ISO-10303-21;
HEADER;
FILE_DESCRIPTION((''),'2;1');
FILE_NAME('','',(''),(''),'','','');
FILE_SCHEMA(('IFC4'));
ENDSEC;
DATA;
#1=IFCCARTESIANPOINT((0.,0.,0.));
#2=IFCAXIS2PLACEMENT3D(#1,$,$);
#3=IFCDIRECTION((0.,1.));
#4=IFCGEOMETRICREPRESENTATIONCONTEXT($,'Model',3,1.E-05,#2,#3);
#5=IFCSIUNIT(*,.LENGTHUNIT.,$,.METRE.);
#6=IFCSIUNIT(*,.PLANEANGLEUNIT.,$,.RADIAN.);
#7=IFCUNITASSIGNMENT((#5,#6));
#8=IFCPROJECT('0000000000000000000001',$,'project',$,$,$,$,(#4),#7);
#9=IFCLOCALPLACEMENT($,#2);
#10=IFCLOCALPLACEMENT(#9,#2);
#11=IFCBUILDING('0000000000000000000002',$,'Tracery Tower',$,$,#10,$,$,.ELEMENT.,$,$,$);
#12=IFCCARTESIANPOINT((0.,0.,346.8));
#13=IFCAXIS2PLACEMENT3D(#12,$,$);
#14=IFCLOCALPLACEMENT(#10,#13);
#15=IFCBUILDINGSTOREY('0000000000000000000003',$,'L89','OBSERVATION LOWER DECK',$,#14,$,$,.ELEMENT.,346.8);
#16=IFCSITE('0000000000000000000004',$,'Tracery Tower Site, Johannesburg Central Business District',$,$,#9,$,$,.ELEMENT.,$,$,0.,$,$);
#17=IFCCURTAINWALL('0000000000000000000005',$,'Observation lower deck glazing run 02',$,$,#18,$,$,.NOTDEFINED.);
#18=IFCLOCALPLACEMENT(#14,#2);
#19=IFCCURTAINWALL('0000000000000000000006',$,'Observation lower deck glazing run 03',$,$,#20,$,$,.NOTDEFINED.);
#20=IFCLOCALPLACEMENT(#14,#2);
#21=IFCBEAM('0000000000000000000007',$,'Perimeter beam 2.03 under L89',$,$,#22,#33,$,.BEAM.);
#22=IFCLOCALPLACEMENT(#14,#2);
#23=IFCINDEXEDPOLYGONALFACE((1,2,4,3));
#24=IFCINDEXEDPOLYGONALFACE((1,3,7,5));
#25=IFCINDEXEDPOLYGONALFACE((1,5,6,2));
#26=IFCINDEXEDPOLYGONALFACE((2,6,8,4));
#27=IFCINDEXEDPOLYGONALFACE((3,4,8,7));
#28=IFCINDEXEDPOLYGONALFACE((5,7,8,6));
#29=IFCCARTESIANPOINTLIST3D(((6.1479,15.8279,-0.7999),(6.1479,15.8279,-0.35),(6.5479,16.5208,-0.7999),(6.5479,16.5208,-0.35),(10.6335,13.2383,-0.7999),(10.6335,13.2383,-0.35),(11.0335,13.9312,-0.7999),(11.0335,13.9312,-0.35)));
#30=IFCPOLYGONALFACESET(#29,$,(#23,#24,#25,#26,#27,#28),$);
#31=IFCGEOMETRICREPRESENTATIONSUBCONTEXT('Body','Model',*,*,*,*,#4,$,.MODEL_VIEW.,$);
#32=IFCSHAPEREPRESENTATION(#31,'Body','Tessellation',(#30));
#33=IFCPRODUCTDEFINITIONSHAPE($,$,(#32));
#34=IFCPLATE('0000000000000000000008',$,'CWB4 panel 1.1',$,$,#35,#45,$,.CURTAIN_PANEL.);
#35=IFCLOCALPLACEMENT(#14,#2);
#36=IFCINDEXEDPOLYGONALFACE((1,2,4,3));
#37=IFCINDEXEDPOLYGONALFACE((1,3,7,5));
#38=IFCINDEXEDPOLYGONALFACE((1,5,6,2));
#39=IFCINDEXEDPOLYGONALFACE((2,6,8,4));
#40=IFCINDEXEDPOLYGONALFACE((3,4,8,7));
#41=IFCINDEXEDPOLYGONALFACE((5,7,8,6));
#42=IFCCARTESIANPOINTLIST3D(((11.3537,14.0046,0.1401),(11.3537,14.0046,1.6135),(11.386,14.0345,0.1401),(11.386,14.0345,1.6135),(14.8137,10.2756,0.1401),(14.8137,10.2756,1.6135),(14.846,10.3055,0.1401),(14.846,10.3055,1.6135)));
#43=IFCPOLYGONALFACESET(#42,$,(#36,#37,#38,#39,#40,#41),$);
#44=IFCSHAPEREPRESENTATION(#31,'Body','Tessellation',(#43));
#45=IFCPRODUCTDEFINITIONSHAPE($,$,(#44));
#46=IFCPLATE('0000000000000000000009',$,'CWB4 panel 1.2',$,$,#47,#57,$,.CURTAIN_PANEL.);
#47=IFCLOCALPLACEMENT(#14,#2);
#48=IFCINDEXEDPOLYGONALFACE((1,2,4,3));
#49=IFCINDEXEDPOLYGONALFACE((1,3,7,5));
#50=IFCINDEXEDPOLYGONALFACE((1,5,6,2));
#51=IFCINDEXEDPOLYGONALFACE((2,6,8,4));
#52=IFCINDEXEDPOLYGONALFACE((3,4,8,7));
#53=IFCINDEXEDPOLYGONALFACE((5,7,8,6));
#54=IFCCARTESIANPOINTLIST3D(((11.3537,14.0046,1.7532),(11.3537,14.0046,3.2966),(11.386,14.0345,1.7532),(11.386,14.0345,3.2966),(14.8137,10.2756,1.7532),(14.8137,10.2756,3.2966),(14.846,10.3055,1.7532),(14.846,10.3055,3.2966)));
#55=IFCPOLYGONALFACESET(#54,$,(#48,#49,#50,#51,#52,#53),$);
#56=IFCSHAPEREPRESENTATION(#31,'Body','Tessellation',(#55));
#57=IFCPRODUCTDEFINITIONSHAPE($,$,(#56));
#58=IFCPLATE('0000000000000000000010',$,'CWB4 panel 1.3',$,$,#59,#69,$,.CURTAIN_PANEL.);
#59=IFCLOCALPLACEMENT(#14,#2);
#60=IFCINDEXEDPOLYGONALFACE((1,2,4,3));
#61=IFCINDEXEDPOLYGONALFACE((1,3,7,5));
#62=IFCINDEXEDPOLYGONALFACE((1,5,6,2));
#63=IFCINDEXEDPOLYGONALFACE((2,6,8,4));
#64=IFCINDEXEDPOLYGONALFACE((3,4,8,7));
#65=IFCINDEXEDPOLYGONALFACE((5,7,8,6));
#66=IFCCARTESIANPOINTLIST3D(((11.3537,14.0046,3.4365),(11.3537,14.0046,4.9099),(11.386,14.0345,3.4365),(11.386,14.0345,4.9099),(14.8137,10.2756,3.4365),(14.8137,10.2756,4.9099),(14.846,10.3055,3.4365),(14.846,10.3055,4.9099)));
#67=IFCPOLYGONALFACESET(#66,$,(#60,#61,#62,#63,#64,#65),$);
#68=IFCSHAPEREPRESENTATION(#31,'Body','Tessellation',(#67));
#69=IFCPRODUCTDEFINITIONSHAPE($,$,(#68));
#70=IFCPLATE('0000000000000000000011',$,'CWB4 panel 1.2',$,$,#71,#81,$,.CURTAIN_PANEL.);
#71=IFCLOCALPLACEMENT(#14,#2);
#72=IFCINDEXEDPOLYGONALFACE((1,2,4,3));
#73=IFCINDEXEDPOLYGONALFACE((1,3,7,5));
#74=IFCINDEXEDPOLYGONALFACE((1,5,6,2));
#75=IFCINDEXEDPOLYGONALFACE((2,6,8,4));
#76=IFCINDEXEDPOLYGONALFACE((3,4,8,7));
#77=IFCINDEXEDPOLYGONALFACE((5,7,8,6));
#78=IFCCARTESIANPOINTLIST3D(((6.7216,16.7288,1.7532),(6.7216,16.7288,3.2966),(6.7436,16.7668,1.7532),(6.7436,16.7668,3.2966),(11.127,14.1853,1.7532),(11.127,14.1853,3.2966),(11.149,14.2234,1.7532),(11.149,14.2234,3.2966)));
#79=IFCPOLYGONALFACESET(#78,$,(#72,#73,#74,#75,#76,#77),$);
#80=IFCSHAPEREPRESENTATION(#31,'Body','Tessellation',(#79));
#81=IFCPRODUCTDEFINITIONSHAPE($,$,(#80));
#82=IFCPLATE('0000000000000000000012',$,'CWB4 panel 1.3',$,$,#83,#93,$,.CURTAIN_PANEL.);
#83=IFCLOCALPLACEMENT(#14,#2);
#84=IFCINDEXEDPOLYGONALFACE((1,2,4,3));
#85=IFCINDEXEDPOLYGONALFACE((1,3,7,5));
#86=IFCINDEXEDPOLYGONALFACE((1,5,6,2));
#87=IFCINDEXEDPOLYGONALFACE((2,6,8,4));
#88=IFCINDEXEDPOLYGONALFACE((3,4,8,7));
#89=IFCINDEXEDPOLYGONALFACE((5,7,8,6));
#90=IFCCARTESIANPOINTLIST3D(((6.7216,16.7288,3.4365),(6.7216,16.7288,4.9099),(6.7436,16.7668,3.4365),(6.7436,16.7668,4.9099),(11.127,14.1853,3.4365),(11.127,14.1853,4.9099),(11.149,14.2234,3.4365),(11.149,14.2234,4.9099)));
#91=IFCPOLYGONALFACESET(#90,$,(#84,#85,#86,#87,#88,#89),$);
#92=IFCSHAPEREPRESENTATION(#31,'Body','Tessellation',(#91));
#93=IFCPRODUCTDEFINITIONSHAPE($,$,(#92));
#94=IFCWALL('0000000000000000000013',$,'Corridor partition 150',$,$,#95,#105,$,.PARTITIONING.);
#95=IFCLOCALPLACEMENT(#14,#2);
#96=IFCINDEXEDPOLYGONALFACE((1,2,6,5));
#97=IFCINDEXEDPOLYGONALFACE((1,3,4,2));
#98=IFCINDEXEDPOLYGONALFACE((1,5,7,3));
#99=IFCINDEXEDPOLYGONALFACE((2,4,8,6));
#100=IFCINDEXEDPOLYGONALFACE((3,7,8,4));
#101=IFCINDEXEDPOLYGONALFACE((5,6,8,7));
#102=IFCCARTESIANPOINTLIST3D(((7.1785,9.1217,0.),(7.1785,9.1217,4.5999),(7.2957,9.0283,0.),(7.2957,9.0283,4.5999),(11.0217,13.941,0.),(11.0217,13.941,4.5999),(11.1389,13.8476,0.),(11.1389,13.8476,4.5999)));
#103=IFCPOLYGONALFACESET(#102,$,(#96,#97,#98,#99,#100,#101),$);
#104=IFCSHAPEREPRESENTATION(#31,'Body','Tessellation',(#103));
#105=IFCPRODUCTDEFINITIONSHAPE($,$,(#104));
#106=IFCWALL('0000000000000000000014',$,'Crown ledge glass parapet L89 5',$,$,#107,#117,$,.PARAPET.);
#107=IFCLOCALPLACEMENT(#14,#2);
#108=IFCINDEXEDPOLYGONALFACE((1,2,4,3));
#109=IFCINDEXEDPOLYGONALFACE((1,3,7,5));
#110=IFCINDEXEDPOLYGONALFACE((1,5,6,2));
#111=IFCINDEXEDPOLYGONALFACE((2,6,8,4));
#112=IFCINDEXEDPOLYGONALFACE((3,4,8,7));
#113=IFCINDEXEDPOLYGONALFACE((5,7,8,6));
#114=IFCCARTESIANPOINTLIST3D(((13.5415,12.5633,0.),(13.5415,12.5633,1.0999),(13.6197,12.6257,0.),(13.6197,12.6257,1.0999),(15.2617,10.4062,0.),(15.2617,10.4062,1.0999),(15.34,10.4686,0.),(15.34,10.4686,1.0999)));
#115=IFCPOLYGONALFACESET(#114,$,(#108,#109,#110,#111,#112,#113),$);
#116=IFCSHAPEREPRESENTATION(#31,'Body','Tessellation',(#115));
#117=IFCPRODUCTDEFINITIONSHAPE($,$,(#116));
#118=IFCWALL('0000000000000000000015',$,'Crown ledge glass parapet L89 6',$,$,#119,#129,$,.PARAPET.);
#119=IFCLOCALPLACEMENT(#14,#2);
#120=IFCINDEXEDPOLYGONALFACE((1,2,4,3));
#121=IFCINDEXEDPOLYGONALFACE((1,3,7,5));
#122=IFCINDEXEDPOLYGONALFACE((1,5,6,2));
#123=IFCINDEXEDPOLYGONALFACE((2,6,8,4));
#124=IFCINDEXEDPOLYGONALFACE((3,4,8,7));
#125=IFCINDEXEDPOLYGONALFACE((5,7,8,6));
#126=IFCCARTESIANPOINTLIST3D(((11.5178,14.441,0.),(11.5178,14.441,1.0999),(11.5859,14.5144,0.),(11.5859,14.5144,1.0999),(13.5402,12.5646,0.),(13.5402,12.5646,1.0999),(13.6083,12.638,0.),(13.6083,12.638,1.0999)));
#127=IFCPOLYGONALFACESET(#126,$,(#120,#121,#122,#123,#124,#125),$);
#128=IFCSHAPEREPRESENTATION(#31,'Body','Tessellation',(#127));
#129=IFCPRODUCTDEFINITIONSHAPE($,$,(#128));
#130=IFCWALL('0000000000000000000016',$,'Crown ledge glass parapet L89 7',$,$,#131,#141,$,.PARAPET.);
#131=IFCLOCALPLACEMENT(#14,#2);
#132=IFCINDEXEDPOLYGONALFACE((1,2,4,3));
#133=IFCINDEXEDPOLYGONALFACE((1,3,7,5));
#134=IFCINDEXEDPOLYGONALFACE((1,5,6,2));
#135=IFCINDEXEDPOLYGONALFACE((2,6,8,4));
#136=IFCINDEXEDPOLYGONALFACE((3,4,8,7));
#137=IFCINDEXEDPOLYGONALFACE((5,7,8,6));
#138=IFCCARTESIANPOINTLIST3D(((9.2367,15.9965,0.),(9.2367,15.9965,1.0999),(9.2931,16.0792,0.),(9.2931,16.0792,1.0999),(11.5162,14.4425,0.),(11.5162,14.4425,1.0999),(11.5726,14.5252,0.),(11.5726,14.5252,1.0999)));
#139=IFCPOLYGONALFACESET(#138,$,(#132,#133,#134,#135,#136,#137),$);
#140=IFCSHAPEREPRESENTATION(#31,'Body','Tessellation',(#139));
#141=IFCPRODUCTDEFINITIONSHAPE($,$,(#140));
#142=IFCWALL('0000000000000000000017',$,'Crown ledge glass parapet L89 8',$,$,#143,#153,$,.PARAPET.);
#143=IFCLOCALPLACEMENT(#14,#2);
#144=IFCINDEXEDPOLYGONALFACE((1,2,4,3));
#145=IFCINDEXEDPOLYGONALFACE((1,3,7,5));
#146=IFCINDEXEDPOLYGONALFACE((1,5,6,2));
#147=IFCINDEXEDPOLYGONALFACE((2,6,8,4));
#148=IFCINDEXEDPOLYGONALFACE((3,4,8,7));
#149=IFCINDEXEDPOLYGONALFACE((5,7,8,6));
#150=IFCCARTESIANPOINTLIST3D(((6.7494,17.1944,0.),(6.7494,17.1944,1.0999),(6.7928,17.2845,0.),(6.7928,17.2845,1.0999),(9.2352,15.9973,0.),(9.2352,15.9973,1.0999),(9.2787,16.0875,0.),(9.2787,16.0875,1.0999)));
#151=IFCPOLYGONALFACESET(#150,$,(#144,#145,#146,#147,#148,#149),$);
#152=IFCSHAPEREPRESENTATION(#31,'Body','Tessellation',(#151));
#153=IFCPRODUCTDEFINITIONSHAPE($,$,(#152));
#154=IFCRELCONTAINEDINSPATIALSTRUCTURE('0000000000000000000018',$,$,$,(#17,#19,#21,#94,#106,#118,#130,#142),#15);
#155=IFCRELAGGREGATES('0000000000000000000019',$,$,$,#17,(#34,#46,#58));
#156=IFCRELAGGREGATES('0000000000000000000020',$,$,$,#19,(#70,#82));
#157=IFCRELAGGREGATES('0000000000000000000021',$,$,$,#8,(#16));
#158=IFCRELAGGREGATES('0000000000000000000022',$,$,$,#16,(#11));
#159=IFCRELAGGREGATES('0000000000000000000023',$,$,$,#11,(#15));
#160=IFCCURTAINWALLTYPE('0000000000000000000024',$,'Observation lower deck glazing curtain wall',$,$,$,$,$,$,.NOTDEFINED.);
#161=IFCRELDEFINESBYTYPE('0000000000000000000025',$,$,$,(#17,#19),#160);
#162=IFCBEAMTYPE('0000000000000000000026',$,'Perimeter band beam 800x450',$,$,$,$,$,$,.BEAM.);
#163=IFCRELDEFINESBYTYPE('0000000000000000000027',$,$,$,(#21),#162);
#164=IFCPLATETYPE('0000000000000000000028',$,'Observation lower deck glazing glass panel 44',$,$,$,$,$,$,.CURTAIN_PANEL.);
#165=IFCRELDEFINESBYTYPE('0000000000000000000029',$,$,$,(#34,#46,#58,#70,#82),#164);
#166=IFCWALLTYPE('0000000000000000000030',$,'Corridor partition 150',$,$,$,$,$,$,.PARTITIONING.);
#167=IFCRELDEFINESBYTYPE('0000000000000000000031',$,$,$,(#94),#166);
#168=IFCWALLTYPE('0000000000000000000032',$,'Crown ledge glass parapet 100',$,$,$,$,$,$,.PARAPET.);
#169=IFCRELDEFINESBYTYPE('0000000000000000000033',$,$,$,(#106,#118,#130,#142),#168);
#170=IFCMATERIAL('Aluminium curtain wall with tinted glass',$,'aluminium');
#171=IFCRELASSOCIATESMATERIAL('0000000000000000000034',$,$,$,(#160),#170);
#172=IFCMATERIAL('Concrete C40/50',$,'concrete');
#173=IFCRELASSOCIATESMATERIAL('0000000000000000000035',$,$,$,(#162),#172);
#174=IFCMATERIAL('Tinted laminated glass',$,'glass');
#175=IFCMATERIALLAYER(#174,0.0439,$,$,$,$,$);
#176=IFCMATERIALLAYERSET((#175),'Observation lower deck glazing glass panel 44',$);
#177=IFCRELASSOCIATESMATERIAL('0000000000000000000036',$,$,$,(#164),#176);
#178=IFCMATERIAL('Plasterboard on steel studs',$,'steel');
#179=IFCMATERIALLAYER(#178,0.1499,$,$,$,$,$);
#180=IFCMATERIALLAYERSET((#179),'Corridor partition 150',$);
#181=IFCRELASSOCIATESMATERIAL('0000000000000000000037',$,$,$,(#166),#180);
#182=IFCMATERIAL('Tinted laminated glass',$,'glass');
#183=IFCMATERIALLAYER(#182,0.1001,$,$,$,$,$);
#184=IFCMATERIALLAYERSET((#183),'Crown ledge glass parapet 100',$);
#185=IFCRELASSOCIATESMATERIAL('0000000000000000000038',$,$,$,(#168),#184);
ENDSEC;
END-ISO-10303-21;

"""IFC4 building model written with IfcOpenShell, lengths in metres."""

from ifc_helpers import new_model, si_unit, direction, frame, frame_2d, origin, origin_2d, place, context, subcontext, project, spatial, rectangle, extrude, material, layer, layer_set, material_profile, profile_set, type_object, element, aggregate, save


model = new_model("IFC4")

# Units and contexts
model_context = context("Model", 3, precision=1e-05, world=origin(), true_north=direction((0.0, 1.0)))
body_context = subcontext(model_context, "Body", "Model", "MODEL_VIEW")
ifc_project = project(units=[si_unit("LENGTHUNIT", "METRE"), si_unit("PLANEANGLEUNIT", "RADIAN")], contexts=[model_context])

# Site, building, storey
site_placement = place(None, origin())
site = spatial("IfcSite", under=ifc_project, at=site_placement, Name="Tracery Tower Site, Johannesburg Central Business District", CompositionType="ELEMENT", RefElevation=0.0)
building_placement = place(site_placement, origin())
building = spatial("IfcBuilding", under=site, at=building_placement, Name="Tracery Tower", CompositionType="ELEMENT")
storey_placement = place(building_placement, frame((0.0, 0.0, 346.8)))
storey = spatial("IfcBuildingStorey", under=building, at=storey_placement, Name="L89", Description="OBSERVATION LOWER DECK", CompositionType="ELEMENT", Elevation=346.8)

# Curtain wall
ifc_material_1 = material(Name="Aluminium curtain wall with tinted glass", Category="aluminium")
curtain_wall_type = type_object("IfcCurtainWallType", Name="Observation lower deck glazing curtain wall", PredefinedType="NOTDEFINED", material=ifc_material_1)
curtain_wall_1_placement = place(storey_placement, origin())
curtain_wall_1 = element("IfcCurtainWall", 1, at=curtain_wall_1_placement, inside=storey, type_object=curtain_wall_type, Name="Observation lower deck glazing run 02", PredefinedType="NOTDEFINED")

# Curtain wall
curtain_wall_2_placement = place(storey_placement, origin())
curtain_wall_2 = element("IfcCurtainWall", 2, at=curtain_wall_2_placement, inside=storey, type_object=curtain_wall_type, Name="Observation lower deck glazing run 03", PredefinedType="NOTDEFINED")

# Beam
ifc_material_2 = material(Name="Concrete C40/50", Category="concrete")
ifc_material_profile_1 = material_profile(ifc_material_2, rectangle(XDim=0.8, YDim=0.45, at=origin_2d()), Name="RC 800x450")
ifc_profile_set_1 = profile_set([ifc_material_profile_1], Name="Concrete C40/50")
beam_type = type_object("IfcBeamType", Name="Perimeter band beam 800x450", PredefinedType="BEAM", material=ifc_profile_set_1)
beam_placement = place(storey_placement, frame((10.8335, 13.5847, -0.575), z_axis=(-0.866039, 0.499977, 0.0), x_axis=(-0.499977, -0.866039, 0.0)))
element("IfcBeam", 3, at=beam_placement, inside=storey, type_object=beam_type, Name="Perimeter beam 2.03 under L89", PredefinedType="BEAM", context=body_context, shape_type="SweptSolid", body=[
    extrude(rectangle(XDim=0.8, YDim=0.45, at=origin_2d()), origin(), (0.0, 0.0, 1.0), 5.1794),
])

# Plates
ifc_material_3 = material(Name="Tinted laminated glass", Category="glass")
ifc_layer_1 = layer(ifc_material_3, 0.0439)
ifc_layer_set_1 = layer_set([ifc_layer_1], Name="Observation lower deck glazing glass panel 44")
plate_type = type_object("IfcPlateType", Name="Observation lower deck glazing glass panel 44", PredefinedType="CURTAIN_PANEL", material=ifc_layer_set_1)
plate_1_placement = place(storey_placement, frame((13.0999, 12.155, 0.1401), z_axis=(0.0, 0.0, 1.0), x_axis=(-0.680176, 0.733049, 0.0)))
plate_1 = element("IfcPlate", 4, at=plate_1_placement, type_object=plate_type, Name="CWB4 panel 1.1", PredefinedType="CURTAIN_PANEL", context=body_context, shape_type="SweptSolid", body=[
    extrude(rectangle(XDim=5.0869, YDim=0.0439, at=origin_2d()), origin(), (0.0, 0.0, 1.0), 1.4734),
])
plate_2_placement = place(storey_placement, frame((13.0999, 12.155, 1.7532), z_axis=(0.0, 0.0, 1.0), x_axis=(-0.680176, 0.733049, 0.0)))
plate_2 = element("IfcPlate", 5, at=plate_2_placement, type_object=plate_type, Name="CWB4 panel 1.2", PredefinedType="CURTAIN_PANEL", context=body_context, shape_type="SweptSolid", body=[
    extrude(rectangle(XDim=5.0869, YDim=0.0439, at=origin_2d()), origin(), (0.0, 0.0, 1.0), 1.5435),
])
plate_3_placement = place(storey_placement, frame((13.0999, 12.155, 3.4365), z_axis=(0.0, 0.0, 1.0), x_axis=(-0.680176, 0.733049, 0.0)))
plate_3 = element("IfcPlate", 6, at=plate_3_placement, type_object=plate_type, Name="CWB4 panel 1.3", PredefinedType="CURTAIN_PANEL", context=body_context, shape_type="SweptSolid", body=[
    extrude(rectangle(XDim=5.0869, YDim=0.0439, at=origin_2d()), origin(), (0.0, 0.0, 1.0), 1.4734),
])
aggregate(curtain_wall_1, [plate_1, plate_2, plate_3])
plate_4_placement = place(storey_placement, frame((8.9353, 15.4761, 1.7532), z_axis=(0.0, 0.0, 1.0), x_axis=(-0.866026, 0.5, 0.0)))
plate_4 = element("IfcPlate", 7, at=plate_4_placement, type_object=plate_type, Name="CWB4 panel 1.2", PredefinedType="CURTAIN_PANEL", context=body_context, shape_type="SweptSolid", body=[
    extrude(rectangle(XDim=5.0869, YDim=0.0439, at=origin_2d()), origin(), (0.0, 0.0, 1.0), 1.5435),
])
plate_5_placement = place(storey_placement, frame((8.9353, 15.4761, 3.4365), z_axis=(0.0, 0.0, 1.0), x_axis=(-0.866026, 0.5, 0.0)))
plate_5 = element("IfcPlate", 8, at=plate_5_placement, type_object=plate_type, Name="CWB4 panel 1.3", PredefinedType="CURTAIN_PANEL", context=body_context, shape_type="SweptSolid", body=[
    extrude(rectangle(XDim=5.0869, YDim=0.0439, at=origin_2d()), origin(), (0.0, 0.0, 1.0), 1.4734),
])
aggregate(curtain_wall_2, [plate_4, plate_5])

# Walls
ifc_material_4 = material(Name="Plasterboard on steel studs", Category="steel")
ifc_layer_2 = layer(ifc_material_4, 0.1499)
ifc_layer_set_2 = layer_set([ifc_layer_2], Name="Corridor partition 150")
wall_type_1 = type_object("IfcWallType", Name="Corridor partition 150", PredefinedType="PARTITIONING", material=ifc_layer_set_2)
wall_1_placement = place(storey_placement, frame((11.0803, 13.8943, 0.0), z_axis=(0.0, 0.0, 1.0), x_axis=(-0.623487, -0.781834, 0.0)))
element("IfcWall", 9, at=wall_1_placement, inside=storey, type_object=wall_type_1, Name="Corridor partition 150", PredefinedType="PARTITIONING", context=body_context, shape_type="SweptSolid", body=[
    extrude(rectangle(XDim=6.1641, YDim=0.1499, at=frame_2d((3.082, 0.0))), origin(), (0.0, 0.0, 1.0), 4.5999),
])
ifc_material_5 = material(Name="Tinted laminated glass", Category="glass")
ifc_layer_3 = layer(ifc_material_5, 0.1001)
ifc_layer_set_3 = layer_set([ifc_layer_3], Name="Crown ledge glass parapet 100")
wall_type_2 = type_object("IfcWallType", Name="Crown ledge glass parapet 100", PredefinedType="PARAPET", material=ifc_layer_set_3)
wall_2_placement = place(storey_placement, frame((15.3008, 10.4375, 0.0), z_axis=(0.0, 0.0, 1.0), x_axis=(-0.623507, 0.781818, 0.0)))
element("IfcWall", 10, at=wall_2_placement, inside=storey, type_object=wall_type_2, Name="Crown ledge glass parapet L89 5", PredefinedType="PARAPET", context=body_context, shape_type="SweptSolid", body=[
    extrude(rectangle(XDim=2.759, YDim=0.1001, at=frame_2d((1.3794, 0.0))), origin(), (0.0, 0.0, 1.0), 1.0999),
])
for number, where, z_axis, x_axis, name in (
    (11, (13.5742, 12.6013, 0.0), (0.0, 0.0, 1.0), (-0.733071, 0.680152, 0.0), "Crown ledge glass parapet L89 6"),
    (12, (11.5444, 14.4839, 0.0), (0.0, 0.0, 1.0), (-0.826274, 0.563268, 0.0), "Crown ledge glass parapet L89 7"),
):
    element("IfcWall", number, at=place(storey_placement, frame(where, z_axis=z_axis, x_axis=x_axis)), inside=storey, type_object=wall_type_2, Name=name, PredefinedType="PARAPET", context=body_context, shape_type="SweptSolid", body=[
        extrude(rectangle(XDim=2.7588, YDim=0.1001, at=frame_2d((1.3794, 0.0))), origin(), (0.0, 0.0, 1.0), 1.0999),
    ])
wall_3_placement = place(storey_placement, frame((9.2568, 16.0425, 0.0), z_axis=(0.0, 0.0, 1.0), x_axis=(-0.900982, 0.433856, 0.0)))
element("IfcWall", 13, at=wall_3_placement, inside=storey, type_object=wall_type_2, Name="Crown ledge glass parapet L89 8", PredefinedType="PARAPET", context=body_context, shape_type="SweptSolid", body=[
    extrude(rectangle(XDim=2.759, YDim=0.1001, at=frame_2d((1.3794, 0.0))), origin(), (0.0, 0.0, 1.0), 1.0999),
])

save(model, "model.ifc")
